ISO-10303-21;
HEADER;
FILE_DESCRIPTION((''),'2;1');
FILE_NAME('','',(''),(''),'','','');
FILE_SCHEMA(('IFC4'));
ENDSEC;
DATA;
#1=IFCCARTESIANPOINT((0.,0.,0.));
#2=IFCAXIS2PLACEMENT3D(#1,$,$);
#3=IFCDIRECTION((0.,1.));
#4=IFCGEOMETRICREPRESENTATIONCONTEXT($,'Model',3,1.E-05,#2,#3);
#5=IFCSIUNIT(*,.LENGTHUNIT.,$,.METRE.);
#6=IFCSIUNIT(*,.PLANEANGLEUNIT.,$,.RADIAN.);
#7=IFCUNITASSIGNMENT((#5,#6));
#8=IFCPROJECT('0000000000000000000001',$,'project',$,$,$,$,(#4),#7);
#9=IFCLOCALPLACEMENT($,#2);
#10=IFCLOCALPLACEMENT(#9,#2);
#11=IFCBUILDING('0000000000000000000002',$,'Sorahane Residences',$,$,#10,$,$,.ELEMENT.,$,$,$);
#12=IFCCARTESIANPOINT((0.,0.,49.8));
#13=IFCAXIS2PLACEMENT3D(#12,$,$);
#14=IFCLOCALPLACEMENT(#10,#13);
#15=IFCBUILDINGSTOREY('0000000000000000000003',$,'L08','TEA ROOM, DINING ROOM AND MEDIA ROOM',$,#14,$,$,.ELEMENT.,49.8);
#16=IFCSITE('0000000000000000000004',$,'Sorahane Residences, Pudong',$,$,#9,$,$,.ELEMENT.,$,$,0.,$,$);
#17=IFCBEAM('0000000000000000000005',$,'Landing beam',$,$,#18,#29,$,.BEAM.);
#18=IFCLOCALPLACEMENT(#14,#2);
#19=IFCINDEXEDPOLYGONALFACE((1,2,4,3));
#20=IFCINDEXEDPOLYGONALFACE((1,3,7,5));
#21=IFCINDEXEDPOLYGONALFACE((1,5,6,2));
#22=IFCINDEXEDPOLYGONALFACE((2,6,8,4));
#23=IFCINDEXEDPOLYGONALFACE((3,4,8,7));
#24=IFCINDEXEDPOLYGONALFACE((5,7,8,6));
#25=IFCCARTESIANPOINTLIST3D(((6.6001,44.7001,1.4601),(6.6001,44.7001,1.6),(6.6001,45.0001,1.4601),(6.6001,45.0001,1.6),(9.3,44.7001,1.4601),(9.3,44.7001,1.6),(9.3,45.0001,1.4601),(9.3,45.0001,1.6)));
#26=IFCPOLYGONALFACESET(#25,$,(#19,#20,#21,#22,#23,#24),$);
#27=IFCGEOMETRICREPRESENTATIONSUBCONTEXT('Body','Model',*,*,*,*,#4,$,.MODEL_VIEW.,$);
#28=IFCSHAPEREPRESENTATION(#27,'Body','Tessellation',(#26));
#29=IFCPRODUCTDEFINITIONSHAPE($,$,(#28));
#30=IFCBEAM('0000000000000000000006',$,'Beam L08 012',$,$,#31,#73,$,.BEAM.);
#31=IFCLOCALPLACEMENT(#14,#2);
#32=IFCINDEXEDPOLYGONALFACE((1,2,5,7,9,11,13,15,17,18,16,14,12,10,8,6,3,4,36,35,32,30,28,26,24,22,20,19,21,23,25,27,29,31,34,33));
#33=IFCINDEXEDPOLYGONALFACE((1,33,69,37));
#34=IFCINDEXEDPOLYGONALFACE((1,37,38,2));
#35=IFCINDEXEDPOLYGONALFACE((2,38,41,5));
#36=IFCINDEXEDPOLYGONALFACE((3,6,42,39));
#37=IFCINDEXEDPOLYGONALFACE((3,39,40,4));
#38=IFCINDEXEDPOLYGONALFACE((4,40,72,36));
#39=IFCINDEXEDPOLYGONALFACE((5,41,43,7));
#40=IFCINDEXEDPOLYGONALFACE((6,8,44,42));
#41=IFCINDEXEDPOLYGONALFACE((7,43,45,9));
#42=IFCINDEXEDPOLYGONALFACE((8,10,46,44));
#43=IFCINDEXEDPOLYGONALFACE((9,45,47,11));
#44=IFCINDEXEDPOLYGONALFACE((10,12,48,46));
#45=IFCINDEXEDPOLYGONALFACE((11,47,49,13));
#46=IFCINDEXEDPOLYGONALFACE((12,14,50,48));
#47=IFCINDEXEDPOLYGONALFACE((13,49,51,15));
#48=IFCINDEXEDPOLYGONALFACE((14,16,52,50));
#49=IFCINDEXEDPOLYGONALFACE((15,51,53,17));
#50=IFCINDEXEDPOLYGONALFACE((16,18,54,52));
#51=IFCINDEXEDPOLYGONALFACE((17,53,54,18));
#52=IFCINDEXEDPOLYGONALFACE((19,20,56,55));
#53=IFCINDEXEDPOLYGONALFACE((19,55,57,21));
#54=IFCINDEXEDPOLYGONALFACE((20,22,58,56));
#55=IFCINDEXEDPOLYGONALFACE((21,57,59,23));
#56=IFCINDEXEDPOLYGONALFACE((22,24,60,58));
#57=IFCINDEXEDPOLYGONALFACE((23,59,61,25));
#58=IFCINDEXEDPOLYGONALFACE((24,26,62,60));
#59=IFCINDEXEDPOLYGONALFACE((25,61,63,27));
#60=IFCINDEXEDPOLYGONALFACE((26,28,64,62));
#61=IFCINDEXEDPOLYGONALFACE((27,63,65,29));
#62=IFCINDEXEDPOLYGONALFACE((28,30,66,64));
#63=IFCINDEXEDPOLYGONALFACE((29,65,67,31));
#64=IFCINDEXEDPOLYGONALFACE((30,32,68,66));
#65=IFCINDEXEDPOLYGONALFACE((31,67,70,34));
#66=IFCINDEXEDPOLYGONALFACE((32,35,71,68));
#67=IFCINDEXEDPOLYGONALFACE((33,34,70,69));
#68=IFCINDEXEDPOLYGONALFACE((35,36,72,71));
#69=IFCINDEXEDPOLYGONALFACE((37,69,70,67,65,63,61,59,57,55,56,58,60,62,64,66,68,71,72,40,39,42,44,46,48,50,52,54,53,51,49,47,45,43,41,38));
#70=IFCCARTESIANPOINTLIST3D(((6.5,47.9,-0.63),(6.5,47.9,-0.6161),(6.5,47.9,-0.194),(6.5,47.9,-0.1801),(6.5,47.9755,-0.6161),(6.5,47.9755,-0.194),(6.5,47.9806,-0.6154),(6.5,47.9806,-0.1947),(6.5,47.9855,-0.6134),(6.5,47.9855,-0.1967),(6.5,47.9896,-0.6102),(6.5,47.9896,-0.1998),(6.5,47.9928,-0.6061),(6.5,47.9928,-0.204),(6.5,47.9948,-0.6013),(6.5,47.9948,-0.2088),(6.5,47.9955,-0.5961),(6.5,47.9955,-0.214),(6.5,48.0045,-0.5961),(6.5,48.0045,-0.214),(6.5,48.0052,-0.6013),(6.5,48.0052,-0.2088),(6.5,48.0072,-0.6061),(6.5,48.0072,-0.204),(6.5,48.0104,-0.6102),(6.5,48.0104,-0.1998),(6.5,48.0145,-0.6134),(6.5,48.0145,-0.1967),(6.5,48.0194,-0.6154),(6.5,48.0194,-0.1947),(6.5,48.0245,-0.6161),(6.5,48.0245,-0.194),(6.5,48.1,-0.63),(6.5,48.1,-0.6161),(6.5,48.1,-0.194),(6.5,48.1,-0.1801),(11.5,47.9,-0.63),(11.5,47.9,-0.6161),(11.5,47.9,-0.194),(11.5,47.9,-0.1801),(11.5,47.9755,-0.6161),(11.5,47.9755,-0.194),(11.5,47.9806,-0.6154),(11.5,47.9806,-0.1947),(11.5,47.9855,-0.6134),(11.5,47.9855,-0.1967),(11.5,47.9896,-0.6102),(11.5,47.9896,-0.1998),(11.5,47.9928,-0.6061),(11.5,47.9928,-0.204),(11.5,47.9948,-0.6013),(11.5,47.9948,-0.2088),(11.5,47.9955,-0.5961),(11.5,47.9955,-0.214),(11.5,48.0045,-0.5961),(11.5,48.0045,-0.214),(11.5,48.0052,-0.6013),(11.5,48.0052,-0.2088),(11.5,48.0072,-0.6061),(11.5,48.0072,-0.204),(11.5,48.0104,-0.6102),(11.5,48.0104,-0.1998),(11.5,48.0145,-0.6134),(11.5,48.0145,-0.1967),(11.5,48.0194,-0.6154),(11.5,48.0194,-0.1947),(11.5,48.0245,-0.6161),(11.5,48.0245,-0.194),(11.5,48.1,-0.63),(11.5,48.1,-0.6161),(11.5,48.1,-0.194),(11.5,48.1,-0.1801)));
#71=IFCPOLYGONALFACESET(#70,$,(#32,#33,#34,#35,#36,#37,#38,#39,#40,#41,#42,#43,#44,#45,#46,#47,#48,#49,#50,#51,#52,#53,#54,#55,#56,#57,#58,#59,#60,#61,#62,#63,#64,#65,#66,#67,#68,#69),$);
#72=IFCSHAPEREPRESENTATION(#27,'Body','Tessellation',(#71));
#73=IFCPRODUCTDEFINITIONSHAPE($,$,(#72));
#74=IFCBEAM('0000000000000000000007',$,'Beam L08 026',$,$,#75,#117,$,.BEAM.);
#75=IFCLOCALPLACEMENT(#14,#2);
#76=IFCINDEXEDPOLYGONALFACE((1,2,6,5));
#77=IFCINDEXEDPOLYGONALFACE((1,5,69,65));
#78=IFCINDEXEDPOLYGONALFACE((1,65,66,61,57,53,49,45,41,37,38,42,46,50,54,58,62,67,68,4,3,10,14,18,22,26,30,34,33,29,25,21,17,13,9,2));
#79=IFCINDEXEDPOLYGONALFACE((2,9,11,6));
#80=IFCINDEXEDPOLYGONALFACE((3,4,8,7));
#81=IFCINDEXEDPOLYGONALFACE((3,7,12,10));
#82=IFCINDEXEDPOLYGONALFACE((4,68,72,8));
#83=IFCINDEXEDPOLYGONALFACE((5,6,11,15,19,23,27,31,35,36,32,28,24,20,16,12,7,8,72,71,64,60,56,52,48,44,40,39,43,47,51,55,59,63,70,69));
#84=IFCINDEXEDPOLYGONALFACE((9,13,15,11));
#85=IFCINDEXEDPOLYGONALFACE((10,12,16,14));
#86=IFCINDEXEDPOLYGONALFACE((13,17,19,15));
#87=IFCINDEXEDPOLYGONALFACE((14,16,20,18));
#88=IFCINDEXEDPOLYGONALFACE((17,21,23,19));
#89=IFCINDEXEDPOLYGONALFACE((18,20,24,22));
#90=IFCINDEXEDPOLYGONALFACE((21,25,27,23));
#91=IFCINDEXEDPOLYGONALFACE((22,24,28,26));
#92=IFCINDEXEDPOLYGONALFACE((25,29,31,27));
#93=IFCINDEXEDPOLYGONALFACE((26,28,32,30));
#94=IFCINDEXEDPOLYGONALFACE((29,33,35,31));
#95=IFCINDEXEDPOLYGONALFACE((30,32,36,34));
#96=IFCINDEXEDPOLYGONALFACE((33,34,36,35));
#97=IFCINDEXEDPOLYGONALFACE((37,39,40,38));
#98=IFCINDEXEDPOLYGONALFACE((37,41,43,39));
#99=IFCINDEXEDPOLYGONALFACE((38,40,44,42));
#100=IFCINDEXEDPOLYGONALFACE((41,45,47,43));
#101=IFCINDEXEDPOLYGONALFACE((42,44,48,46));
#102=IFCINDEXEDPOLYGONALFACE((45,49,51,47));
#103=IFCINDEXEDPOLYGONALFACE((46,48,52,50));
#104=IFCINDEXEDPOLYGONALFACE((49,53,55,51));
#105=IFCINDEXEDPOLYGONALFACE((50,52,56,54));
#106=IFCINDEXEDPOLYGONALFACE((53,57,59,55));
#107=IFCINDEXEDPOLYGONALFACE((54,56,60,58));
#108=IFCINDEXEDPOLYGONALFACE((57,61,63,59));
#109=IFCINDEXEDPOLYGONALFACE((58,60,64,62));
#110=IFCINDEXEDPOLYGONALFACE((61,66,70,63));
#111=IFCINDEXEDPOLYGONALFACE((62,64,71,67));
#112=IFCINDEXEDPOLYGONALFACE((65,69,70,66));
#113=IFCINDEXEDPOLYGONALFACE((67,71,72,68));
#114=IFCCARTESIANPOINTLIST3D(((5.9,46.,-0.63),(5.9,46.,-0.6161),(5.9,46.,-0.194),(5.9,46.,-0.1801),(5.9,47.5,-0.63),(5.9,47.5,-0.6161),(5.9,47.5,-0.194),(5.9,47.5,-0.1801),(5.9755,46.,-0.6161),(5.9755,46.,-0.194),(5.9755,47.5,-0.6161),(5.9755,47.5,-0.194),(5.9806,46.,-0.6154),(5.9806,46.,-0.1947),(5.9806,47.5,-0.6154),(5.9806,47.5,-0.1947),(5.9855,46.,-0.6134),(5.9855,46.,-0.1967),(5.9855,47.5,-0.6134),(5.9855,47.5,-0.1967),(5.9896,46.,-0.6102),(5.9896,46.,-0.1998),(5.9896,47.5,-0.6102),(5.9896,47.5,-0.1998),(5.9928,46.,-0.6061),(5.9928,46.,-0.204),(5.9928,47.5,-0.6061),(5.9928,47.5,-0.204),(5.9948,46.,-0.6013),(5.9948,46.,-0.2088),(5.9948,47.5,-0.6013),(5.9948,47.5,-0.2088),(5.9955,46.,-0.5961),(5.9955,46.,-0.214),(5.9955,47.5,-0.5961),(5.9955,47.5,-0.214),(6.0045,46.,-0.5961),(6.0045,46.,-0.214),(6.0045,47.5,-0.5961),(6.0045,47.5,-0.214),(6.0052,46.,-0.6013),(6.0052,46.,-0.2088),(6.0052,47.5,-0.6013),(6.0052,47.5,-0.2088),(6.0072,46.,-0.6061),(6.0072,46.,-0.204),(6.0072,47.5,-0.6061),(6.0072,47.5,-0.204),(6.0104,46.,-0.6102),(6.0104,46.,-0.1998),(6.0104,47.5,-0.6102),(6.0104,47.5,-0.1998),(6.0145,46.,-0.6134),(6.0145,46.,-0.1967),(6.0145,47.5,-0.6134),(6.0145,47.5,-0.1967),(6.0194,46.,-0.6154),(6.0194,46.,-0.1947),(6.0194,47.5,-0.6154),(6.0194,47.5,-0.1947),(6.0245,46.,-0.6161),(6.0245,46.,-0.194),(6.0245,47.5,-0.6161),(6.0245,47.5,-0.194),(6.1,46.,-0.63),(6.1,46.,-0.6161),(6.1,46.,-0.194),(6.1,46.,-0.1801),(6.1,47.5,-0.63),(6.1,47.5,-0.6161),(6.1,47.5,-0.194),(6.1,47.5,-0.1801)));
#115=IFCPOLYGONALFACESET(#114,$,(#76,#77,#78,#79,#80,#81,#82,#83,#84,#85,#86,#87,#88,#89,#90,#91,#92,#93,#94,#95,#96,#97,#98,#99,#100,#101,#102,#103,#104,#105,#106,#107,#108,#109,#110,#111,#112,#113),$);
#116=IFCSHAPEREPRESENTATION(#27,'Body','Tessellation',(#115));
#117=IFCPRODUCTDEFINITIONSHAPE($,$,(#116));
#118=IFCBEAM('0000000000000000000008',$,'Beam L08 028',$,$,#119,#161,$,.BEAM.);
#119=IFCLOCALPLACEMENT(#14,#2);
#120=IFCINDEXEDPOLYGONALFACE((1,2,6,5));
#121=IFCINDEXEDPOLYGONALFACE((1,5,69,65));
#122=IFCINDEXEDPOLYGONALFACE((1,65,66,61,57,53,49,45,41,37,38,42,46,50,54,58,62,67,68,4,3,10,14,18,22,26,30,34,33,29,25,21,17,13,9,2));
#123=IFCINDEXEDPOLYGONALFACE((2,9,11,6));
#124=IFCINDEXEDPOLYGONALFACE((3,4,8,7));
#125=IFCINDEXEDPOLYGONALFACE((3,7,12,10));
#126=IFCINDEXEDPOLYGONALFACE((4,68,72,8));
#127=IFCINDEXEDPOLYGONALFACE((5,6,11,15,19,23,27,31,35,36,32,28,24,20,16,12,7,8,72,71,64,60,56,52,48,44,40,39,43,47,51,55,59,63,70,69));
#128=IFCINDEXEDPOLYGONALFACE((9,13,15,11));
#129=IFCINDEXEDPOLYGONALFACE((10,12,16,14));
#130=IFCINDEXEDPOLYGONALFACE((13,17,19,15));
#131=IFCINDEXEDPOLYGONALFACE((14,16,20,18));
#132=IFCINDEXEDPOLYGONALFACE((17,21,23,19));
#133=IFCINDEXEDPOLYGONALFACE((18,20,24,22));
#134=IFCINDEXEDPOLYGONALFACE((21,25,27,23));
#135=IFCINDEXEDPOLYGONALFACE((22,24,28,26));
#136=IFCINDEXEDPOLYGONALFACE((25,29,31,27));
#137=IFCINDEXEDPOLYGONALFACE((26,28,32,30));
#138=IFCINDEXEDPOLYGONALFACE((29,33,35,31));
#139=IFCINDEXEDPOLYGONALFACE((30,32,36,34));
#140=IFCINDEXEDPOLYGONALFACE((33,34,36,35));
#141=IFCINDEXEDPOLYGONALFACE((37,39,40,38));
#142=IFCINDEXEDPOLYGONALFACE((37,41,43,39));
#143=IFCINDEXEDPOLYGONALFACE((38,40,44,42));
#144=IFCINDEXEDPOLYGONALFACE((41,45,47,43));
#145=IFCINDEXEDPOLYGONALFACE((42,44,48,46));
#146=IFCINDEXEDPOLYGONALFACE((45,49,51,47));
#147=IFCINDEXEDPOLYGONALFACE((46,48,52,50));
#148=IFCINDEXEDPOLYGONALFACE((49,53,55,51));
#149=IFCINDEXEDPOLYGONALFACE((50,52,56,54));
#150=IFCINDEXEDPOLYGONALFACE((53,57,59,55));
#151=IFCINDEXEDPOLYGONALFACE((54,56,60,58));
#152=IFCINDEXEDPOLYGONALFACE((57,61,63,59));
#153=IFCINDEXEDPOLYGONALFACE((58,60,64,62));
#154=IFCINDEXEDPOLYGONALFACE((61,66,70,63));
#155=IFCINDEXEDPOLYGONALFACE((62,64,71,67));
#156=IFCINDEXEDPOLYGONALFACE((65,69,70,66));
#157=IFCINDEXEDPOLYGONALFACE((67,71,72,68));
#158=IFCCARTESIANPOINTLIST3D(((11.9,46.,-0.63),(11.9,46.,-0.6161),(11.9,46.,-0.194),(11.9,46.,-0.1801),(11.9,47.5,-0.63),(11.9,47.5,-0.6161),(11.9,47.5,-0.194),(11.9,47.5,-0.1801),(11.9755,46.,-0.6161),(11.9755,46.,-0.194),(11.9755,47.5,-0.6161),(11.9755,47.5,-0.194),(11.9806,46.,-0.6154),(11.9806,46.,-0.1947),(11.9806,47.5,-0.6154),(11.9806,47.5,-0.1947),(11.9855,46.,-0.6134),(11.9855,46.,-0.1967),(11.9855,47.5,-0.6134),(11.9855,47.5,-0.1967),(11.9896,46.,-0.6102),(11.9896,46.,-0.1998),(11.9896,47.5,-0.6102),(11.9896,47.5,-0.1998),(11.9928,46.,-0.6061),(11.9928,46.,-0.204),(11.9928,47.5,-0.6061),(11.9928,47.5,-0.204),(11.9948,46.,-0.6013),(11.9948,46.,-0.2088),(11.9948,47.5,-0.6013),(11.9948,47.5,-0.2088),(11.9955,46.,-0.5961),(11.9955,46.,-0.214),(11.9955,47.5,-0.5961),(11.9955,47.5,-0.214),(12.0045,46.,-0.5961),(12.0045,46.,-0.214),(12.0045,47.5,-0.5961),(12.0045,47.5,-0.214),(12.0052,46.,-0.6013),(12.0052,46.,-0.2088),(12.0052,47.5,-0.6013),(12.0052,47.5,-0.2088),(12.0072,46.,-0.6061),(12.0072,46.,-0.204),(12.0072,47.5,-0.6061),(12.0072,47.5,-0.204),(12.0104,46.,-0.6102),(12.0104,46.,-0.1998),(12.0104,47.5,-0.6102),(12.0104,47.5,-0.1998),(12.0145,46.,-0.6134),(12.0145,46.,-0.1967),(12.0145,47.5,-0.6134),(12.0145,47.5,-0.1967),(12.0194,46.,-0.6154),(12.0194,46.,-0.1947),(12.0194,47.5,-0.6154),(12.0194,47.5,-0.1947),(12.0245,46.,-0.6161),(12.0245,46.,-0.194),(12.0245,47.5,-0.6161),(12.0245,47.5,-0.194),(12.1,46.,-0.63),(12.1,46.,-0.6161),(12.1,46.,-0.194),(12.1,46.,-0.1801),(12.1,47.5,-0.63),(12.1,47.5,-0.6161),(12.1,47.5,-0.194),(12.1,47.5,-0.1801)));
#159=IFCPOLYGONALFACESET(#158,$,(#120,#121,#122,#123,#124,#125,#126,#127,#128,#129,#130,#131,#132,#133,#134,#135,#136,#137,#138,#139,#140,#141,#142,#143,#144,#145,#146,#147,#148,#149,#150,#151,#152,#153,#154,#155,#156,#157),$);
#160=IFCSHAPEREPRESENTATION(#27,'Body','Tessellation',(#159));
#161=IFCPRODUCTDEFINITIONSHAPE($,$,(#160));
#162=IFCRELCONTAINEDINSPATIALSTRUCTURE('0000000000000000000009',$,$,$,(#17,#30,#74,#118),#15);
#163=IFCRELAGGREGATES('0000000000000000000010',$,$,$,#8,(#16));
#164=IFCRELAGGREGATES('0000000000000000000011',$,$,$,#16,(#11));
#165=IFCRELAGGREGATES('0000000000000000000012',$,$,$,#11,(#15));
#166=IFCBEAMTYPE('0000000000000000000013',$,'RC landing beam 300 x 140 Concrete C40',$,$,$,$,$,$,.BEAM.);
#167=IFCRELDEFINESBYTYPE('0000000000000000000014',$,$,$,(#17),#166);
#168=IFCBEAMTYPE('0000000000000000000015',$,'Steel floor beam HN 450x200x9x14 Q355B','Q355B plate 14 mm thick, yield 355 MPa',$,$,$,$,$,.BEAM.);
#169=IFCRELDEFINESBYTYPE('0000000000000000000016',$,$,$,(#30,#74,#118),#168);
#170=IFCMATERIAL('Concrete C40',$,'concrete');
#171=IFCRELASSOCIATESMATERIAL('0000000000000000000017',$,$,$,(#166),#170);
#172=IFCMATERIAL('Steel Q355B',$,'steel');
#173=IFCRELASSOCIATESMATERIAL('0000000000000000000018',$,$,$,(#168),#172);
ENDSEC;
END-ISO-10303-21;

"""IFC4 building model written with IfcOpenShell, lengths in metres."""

from ifc_helpers import new_model, si_unit, direction, frame, origin, origin_2d, place, context, subcontext, project, spatial, rectangle, i_section, extrude, material, material_profile, profile_set, type_object, element, save


model = new_model("IFC4")

# Units and contexts
model_context = context("Model", 3, precision=1e-05, world=origin(), true_north=direction((0.0, 1.0)))
body_context = subcontext(model_context, "Body", "Model", "MODEL_VIEW")
ifc_project = project(units=[si_unit("LENGTHUNIT", "METRE"), si_unit("PLANEANGLEUNIT", "RADIAN")], contexts=[model_context])

# Site, building, storey
site_placement = place(None, origin())
site = spatial("IfcSite", under=ifc_project, at=site_placement, Name="Sorahane Residences, Pudong", CompositionType="ELEMENT", RefElevation=0.0)
building_placement = place(site_placement, origin())
building = spatial("IfcBuilding", under=site, at=building_placement, Name="Sorahane Residences", CompositionType="ELEMENT")
storey_placement = place(building_placement, frame((0.0, 0.0, 49.8)))
storey = spatial("IfcBuildingStorey", under=building, at=storey_placement, Name="L08", Description="TEA ROOM, DINING ROOM AND MEDIA ROOM", CompositionType="ELEMENT", Elevation=49.8)

# Beams
ifc_material_1 = material(Name="Concrete C40", Category="concrete")
ifc_material_profile_1 = material_profile(ifc_material_1, rectangle(XDim=0.3, YDim=0.1399, at=origin_2d()), Name="300x140")
ifc_profile_set_1 = profile_set([ifc_material_profile_1], Name="Concrete C40")
beam_type_1 = type_object("IfcBeamType", Name="RC landing beam 300 x 140 Concrete C40", PredefinedType="BEAM", material=ifc_profile_set_1)
for number, where, z_axis, x_axis, name in (
    (1, (6.6001, 44.8501, 1.53), (1.0, 0.0, 0.0), (0.0, 1.0, 0.0), "Landing beam"),
):
    element("IfcBeam", number, at=place(storey_placement, frame(where, z_axis=z_axis, x_axis=x_axis)), inside=storey, type_object=beam_type_1, Name=name, PredefinedType="BEAM", context=body_context, shape_type="SweptSolid", body=[
        extrude(rectangle(XDim=0.3, YDim=0.1399, at=origin_2d()), origin(), (0.0, 0.0, 1.0), 2.7),
    ])
ifc_material_2 = material(Name="Steel Q355B", Category="steel")
ifc_material_profile_2 = material_profile(ifc_material_2, i_section(OverallWidth=0.2, OverallDepth=0.45, WebThickness=0.009, FlangeThickness=0.0139, FilletRadius=0.02, at=origin_2d()), Name="HN 450x200x9x14")
ifc_profile_set_2 = profile_set([ifc_material_profile_2], Name="Steel Q355B")
beam_type_2 = type_object("IfcBeamType", Name="Steel floor beam HN 450x200x9x14 Q355B", Description="Q355B plate 14 mm thick, yield 355 MPa", PredefinedType="BEAM", material=ifc_profile_set_2)
beam_1_placement = place(storey_placement, frame((6.5, 48.0, -0.405), z_axis=(1.0, 0.0, 0.0), x_axis=(0.0, 1.0, 0.0)))
element("IfcBeam", 2, at=beam_1_placement, inside=storey, type_object=beam_type_2, Name="Beam L08 012", PredefinedType="BEAM", context=body_context, shape_type="SweptSolid", body=[
    extrude(i_section(OverallWidth=0.2, OverallDepth=0.45, WebThickness=0.009, FlangeThickness=0.0139, FilletRadius=0.02, at=origin_2d()), origin(), (0.0, 0.0, 1.0), 5.0),
])
for number, where, z_axis, x_axis, name in (
    (3, (6.0, 46.0, -0.405), (0.0, 1.0, 0.0), (-1.0, 0.0, 0.0), "Beam L08 026"),
    (4, (12.0, 46.0, -0.405), (0.0, 1.0, 0.0), (-1.0, 0.0, 0.0), "Beam L08 028"),
):
    element("IfcBeam", number, at=place(storey_placement, frame(where, z_axis=z_axis, x_axis=x_axis)), inside=storey, type_object=beam_type_2, Name=name, PredefinedType="BEAM", context=body_context, shape_type="SweptSolid", body=[
        extrude(i_section(OverallWidth=0.2, OverallDepth=0.45, WebThickness=0.009, FlangeThickness=0.0139, FilletRadius=0.02, at=origin_2d()), origin(), (0.0, 0.0, 1.0), 1.5),
    ])

save(model, "model.ifc")
